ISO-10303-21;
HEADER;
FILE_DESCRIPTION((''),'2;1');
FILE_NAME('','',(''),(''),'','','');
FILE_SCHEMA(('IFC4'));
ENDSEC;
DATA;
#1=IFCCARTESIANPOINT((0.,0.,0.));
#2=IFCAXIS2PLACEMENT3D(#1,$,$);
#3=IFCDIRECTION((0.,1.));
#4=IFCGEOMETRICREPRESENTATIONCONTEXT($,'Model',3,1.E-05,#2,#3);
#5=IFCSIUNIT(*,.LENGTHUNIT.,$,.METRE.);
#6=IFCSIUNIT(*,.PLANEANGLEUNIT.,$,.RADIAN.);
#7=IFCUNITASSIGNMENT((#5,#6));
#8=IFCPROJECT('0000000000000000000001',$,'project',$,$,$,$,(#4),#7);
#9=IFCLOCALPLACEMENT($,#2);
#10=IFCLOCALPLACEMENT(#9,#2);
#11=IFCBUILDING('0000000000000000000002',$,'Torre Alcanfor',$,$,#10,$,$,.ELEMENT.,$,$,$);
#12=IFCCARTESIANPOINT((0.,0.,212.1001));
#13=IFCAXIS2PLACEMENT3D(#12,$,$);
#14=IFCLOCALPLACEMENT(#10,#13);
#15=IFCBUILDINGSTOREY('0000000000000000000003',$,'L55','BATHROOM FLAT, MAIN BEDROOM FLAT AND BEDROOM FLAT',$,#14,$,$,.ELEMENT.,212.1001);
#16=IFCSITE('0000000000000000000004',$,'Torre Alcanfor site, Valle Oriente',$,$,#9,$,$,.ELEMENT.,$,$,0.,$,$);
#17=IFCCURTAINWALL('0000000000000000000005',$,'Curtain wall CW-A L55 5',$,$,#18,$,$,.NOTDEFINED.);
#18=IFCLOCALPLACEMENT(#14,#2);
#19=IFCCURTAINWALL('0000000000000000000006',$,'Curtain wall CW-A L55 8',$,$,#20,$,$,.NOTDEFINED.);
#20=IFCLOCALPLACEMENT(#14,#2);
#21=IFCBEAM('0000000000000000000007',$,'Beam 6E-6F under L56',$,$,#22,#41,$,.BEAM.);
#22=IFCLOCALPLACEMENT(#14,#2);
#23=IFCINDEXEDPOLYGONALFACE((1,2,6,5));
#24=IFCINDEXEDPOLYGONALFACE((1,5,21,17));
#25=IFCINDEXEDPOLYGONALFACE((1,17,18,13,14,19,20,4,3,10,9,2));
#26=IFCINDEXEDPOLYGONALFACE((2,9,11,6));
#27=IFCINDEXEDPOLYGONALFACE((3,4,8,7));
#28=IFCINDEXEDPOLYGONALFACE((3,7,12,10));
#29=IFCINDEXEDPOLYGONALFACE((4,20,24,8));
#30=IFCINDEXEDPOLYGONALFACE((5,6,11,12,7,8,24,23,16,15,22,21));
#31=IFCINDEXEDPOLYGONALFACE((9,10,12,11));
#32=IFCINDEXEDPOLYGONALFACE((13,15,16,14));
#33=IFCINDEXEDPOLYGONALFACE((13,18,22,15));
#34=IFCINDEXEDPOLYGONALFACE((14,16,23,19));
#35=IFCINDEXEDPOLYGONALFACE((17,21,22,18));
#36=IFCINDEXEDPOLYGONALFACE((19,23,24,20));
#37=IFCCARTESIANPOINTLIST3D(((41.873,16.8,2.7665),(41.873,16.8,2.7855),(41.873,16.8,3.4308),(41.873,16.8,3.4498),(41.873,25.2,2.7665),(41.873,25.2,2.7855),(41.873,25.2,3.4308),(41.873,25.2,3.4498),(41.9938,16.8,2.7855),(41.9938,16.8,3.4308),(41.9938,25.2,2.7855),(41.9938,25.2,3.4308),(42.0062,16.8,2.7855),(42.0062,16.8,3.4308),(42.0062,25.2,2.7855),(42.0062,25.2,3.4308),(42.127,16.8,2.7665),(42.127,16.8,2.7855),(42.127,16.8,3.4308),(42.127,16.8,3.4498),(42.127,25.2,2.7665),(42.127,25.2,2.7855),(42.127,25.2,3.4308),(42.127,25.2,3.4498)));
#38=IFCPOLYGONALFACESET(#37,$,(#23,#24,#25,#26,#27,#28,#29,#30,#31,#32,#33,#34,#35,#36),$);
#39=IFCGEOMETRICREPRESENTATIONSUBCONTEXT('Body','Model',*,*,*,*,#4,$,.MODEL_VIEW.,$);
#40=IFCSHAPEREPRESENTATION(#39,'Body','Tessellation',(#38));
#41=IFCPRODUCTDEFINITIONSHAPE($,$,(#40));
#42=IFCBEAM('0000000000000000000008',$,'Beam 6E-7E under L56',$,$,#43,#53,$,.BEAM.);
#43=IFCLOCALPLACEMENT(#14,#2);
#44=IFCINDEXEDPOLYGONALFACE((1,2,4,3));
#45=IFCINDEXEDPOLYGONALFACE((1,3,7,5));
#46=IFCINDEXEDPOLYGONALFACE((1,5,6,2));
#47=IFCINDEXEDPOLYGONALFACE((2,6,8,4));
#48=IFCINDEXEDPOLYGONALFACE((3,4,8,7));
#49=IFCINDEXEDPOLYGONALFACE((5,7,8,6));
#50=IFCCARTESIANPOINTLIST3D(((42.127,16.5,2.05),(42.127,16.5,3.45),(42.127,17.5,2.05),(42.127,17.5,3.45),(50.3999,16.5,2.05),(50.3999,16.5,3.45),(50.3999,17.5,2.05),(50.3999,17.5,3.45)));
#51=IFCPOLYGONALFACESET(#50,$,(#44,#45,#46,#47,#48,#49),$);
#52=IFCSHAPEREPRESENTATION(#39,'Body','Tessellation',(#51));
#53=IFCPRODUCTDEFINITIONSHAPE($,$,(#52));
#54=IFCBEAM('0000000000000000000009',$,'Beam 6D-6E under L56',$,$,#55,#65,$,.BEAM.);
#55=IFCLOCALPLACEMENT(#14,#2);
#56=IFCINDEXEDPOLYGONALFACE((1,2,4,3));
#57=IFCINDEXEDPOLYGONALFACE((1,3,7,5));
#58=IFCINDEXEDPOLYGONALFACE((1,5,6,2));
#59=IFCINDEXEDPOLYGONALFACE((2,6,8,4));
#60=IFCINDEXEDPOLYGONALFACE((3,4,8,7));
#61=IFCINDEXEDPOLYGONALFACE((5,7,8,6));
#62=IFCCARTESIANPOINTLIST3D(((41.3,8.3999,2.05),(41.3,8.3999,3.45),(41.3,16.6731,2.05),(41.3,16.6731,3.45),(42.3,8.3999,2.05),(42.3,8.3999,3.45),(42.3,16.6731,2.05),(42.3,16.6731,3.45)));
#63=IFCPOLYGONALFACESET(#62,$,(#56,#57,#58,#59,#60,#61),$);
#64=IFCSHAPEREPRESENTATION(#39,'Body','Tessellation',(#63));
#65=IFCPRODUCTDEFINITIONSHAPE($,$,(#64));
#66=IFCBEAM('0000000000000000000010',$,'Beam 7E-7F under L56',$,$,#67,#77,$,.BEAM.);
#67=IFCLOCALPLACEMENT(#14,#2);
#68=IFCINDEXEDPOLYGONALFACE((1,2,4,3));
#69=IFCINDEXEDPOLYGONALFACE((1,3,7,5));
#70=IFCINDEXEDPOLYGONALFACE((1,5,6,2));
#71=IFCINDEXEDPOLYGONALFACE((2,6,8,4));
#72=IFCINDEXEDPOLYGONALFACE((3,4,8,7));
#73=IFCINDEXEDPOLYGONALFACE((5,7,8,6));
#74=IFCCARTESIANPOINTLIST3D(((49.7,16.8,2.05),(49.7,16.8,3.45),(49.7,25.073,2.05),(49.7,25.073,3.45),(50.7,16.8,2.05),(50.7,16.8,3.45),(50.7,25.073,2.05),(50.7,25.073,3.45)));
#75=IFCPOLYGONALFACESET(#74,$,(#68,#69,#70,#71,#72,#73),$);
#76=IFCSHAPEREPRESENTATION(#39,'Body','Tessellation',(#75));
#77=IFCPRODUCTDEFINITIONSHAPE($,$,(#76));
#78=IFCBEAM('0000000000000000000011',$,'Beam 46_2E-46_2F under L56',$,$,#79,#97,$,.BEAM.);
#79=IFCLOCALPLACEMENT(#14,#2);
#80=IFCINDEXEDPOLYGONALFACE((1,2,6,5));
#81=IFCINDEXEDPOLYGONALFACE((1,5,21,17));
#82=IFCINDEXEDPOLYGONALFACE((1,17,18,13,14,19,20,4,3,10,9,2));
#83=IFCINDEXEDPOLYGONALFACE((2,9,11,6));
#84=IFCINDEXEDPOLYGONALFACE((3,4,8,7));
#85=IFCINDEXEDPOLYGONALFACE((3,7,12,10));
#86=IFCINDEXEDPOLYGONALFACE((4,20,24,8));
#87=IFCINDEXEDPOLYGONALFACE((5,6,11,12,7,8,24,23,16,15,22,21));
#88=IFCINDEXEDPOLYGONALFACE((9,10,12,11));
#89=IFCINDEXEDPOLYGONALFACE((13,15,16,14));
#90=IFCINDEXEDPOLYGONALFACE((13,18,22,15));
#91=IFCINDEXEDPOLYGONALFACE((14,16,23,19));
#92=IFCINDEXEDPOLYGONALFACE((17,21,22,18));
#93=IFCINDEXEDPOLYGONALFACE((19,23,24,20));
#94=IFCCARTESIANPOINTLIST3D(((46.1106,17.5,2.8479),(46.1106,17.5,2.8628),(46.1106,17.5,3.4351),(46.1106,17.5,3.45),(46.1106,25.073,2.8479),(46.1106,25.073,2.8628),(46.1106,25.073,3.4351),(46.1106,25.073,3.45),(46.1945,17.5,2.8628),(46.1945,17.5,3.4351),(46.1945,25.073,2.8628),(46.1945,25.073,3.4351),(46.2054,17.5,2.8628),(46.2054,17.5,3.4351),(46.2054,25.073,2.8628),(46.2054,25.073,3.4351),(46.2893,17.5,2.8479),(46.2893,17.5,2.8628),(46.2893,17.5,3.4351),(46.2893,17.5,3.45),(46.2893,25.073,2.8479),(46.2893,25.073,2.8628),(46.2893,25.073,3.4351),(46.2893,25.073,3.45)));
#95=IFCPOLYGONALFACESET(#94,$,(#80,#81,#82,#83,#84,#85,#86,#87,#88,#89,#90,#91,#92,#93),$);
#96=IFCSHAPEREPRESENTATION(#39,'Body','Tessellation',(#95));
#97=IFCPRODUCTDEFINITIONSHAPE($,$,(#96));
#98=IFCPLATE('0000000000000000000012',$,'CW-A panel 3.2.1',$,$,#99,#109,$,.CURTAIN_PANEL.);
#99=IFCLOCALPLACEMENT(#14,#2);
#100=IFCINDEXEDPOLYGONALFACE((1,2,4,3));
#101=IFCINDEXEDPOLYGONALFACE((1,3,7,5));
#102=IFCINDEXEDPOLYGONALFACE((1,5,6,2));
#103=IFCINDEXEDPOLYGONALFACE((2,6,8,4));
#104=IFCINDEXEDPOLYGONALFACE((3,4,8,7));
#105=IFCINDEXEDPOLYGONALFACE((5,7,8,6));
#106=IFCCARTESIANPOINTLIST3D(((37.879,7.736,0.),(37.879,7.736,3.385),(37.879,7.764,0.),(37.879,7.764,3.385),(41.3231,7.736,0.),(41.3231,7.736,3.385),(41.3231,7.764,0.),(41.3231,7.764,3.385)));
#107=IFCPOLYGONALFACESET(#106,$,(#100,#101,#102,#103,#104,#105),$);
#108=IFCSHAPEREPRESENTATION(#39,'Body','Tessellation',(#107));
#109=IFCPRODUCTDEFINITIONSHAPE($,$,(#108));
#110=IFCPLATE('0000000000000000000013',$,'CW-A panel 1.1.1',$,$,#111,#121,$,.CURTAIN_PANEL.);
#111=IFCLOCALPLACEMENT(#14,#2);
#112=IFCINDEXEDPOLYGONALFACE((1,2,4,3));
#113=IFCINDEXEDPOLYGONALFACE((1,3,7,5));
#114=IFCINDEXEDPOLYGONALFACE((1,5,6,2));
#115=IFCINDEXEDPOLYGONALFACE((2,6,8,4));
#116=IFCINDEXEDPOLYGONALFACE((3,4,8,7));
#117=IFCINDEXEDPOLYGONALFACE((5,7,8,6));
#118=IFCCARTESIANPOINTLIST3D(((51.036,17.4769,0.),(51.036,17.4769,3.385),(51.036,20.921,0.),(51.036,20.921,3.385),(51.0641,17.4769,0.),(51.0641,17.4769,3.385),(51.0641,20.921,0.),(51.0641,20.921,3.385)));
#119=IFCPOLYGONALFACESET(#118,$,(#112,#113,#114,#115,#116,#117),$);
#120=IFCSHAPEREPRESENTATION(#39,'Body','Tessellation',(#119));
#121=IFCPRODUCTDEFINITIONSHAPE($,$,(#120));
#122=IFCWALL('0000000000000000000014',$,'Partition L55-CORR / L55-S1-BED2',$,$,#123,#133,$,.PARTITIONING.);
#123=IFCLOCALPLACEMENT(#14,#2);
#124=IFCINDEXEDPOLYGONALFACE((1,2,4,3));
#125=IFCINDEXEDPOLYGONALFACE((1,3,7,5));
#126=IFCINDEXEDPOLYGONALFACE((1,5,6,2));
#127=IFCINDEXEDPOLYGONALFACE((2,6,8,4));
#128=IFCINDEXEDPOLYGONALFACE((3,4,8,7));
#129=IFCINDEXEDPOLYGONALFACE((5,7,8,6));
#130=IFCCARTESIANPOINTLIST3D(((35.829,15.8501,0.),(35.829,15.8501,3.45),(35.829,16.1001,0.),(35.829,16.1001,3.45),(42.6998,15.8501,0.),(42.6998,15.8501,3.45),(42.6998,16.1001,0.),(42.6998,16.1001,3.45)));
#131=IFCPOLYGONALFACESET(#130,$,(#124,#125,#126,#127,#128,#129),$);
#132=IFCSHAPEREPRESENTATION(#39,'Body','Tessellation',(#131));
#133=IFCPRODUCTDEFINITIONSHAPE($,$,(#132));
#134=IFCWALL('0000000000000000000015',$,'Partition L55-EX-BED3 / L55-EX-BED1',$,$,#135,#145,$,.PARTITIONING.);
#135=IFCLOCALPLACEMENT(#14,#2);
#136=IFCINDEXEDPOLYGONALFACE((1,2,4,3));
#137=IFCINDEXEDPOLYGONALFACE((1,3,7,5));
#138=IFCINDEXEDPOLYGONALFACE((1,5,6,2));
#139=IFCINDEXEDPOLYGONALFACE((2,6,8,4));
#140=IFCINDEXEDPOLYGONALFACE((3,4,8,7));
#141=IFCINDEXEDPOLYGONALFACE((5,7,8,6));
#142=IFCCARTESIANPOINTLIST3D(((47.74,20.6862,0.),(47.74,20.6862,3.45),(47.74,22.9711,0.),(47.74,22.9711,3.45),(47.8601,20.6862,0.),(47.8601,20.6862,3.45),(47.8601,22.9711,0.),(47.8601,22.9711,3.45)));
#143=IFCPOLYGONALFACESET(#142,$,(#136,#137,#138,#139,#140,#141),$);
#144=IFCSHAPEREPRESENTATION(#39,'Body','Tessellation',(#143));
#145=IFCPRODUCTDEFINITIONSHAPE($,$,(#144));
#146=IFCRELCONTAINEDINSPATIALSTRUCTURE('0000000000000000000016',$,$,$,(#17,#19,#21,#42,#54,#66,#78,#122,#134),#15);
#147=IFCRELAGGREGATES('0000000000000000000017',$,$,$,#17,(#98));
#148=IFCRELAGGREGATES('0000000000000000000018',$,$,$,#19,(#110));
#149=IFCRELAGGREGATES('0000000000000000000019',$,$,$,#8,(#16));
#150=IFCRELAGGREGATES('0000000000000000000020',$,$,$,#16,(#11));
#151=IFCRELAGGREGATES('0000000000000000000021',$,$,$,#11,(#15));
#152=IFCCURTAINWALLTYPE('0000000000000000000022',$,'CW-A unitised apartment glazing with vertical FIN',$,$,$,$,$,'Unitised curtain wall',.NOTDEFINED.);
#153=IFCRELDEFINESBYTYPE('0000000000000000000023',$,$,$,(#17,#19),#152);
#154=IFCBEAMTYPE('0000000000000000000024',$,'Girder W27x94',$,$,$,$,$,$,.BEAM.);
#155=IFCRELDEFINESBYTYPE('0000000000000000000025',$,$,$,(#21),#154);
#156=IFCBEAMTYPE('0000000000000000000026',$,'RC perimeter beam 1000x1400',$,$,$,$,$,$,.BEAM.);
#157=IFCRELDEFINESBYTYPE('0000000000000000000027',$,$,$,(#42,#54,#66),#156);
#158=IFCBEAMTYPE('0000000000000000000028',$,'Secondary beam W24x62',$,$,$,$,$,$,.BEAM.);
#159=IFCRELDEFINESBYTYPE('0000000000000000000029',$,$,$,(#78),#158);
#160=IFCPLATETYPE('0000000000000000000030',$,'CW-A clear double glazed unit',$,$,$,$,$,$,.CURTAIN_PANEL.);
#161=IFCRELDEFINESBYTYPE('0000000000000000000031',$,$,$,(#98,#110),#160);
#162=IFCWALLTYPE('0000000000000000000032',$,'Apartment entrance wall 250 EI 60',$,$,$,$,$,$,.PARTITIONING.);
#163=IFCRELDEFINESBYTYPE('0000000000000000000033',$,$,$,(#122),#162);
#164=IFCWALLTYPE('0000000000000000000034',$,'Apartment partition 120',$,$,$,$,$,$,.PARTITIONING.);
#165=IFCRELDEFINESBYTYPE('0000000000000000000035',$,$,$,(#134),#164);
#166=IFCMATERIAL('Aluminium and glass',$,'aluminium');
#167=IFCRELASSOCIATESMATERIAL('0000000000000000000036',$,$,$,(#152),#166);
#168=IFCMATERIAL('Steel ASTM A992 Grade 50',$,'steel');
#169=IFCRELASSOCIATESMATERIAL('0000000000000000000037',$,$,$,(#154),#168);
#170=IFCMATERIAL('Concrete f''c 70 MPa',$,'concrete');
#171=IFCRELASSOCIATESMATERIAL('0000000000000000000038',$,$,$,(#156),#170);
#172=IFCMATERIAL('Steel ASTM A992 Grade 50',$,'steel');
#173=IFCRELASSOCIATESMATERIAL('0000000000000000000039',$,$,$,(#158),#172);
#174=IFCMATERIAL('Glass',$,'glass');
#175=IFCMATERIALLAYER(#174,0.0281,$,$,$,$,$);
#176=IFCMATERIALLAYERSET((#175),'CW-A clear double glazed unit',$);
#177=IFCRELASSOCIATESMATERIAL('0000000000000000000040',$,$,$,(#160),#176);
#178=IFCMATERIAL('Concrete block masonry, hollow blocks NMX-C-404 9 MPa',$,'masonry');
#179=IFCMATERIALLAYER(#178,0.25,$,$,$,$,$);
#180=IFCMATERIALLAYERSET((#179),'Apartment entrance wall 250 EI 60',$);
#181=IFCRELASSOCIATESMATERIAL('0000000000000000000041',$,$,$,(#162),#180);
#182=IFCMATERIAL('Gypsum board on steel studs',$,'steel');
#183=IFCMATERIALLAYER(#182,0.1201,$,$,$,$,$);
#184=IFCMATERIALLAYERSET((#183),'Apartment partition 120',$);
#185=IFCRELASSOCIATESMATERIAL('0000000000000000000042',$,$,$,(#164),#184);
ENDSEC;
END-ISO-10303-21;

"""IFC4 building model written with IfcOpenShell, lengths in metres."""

from ifc_helpers import new_model, si_unit, direction, frame, frame_2d, origin, origin_2d, place, context, subcontext, project, spatial, rectangle, i_section, extrude, material, layer, layer_set, material_profile, profile_set, type_object, element, aggregate, save


model = new_model("IFC4")

# Units and contexts
model_context = context("Model", 3, precision=1e-05, world=origin(), true_north=direction((0.0, 1.0)))
body_context = subcontext(model_context, "Body", "Model", "MODEL_VIEW")
ifc_project = project(units=[si_unit("LENGTHUNIT", "METRE"), si_unit("PLANEANGLEUNIT", "RADIAN")], contexts=[model_context])

# Site, building, storey
site_placement = place(None, origin())
site = spatial("IfcSite", under=ifc_project, at=site_placement, Name="Torre Alcanfor site, Valle Oriente", CompositionType="ELEMENT", RefElevation=0.0)
building_placement = place(site_placement, origin())
building = spatial("IfcBuilding", under=site, at=building_placement, Name="Torre Alcanfor", CompositionType="ELEMENT")
storey_placement = place(building_placement, frame((0.0, 0.0, 212.1001)))
storey = spatial("IfcBuildingStorey", under=building, at=storey_placement, Name="L55", Description="BATHROOM FLAT, MAIN BEDROOM FLAT AND BEDROOM FLAT", CompositionType="ELEMENT", Elevation=212.1001)

# Curtain wall
ifc_material_1 = material(Name="Aluminium and glass", Category="aluminium")
curtain_wall_type = type_object("IfcCurtainWallType", Name="CW-A unitised apartment glazing with vertical FIN", ElementType="Unitised curtain wall", PredefinedType="NOTDEFINED", material=ifc_material_1)
curtain_wall_1_placement = place(storey_placement, origin())
curtain_wall_1 = element("IfcCurtainWall", 1, at=curtain_wall_1_placement, inside=storey, type_object=curtain_wall_type, Name="Curtain wall CW-A L55 5", PredefinedType="NOTDEFINED")

# Curtain wall
curtain_wall_2_placement = place(storey_placement, origin())
curtain_wall_2 = element("IfcCurtainWall", 2, at=curtain_wall_2_placement, inside=storey, type_object=curtain_wall_type, Name="Curtain wall CW-A L55 8", PredefinedType="NOTDEFINED")

# Beams
ifc_material_2 = material(Name="Steel ASTM A992 Grade 50", Category="steel")
ifc_material_profile_1 = material_profile(ifc_material_2, i_section(OverallWidth=0.2539, OverallDepth=0.6833, WebThickness=0.0125, FlangeThickness=0.019, at=origin_2d()), Name="W27x94")
ifc_profile_set_1 = profile_set([ifc_material_profile_1], Name="Steel ASTM A992 Grade 50")
beam_type_1 = type_object("IfcBeamType", Name="Girder W27x94", PredefinedType="BEAM", material=ifc_profile_set_1)
beam_1_placement = place(storey_placement, frame((42.0, 16.8, 3.1082), z_axis=(0.0, 1.0, 0.0), x_axis=(-1.0, 0.0, 0.0)))
element("IfcBeam", 3, at=beam_1_placement, inside=storey, type_object=beam_type_1, Name="Beam 6E-6F under L56", PredefinedType="BEAM", context=body_context, shape_type="SweptSolid", body=[
    extrude(i_section(OverallWidth=0.2539, OverallDepth=0.6833, WebThickness=0.0125, FlangeThickness=0.019, at=origin_2d()), origin(), (0.0, 0.0, 1.0), 8.3999),
])
ifc_material_3 = material(Name="Concrete f'c 70 MPa", Category="concrete")
ifc_material_profile_2 = material_profile(ifc_material_3, rectangle(XDim=1.0, YDim=1.3999, at=origin_2d()), Name="1000x1400")
ifc_profile_set_2 = profile_set([ifc_material_profile_2], Name="Concrete f'c 70 MPa")
beam_type_2 = type_object("IfcBeamType", Name="RC perimeter beam 1000x1400", PredefinedType="BEAM", material=ifc_profile_set_2)
beam_2_placement = place(storey_placement, frame((42.127, 17.0, 2.75), z_axis=(1.0, 0.0, 0.0), x_axis=(0.0, 1.0, 0.0)))
element("IfcBeam", 4, at=beam_2_placement, inside=storey, type_object=beam_type_2, Name="Beam 6E-7E under L56", PredefinedType="BEAM", context=body_context, shape_type="SweptSolid", body=[
    extrude(rectangle(XDim=1.0, YDim=1.3999, at=origin_2d()), origin(), (0.0, 0.0, 1.0), 8.2729),
])
beam_3_placement = place(storey_placement, frame((41.8, 8.3999, 2.75), z_axis=(0.0, 1.0, 0.0), x_axis=(-1.0, 0.0, 0.0)))
element("IfcBeam", 5, at=beam_3_placement, inside=storey, type_object=beam_type_2, Name="Beam 6D-6E under L56", PredefinedType="BEAM", context=body_context, shape_type="SweptSolid", body=[
    extrude(rectangle(XDim=1.0, YDim=1.3999, at=origin_2d()), origin(), (0.0, 0.0, 1.0), 8.2732),
])
beam_4_placement = place(storey_placement, frame((50.2, 16.8, 2.75), z_axis=(0.0, 1.0, 0.0), x_axis=(-1.0, 0.0, 0.0)))
element("IfcBeam", 6, at=beam_4_placement, inside=storey, type_object=beam_type_2, Name="Beam 7E-7F under L56", PredefinedType="BEAM", context=body_context, shape_type="SweptSolid", body=[
    extrude(rectangle(XDim=1.0, YDim=1.3999, at=origin_2d()), origin(), (0.0, 0.0, 1.0), 8.2729),
])
ifc_material_4 = material(Name="Steel ASTM A992 Grade 50", Category="steel")
ifc_material_profile_3 = material_profile(ifc_material_4, i_section(OverallWidth=0.1787, OverallDepth=0.6021, WebThickness=0.011, FlangeThickness=0.0149, at=origin_2d()), Name="W24x62")
ifc_profile_set_3 = profile_set([ifc_material_profile_3], Name="Steel ASTM A992 Grade 50")
beam_type_3 = type_object("IfcBeamType", Name="Secondary beam W24x62", PredefinedType="BEAM", material=ifc_profile_set_3)
beam_5_placement = place(storey_placement, frame((46.2, 17.5, 3.1489), z_axis=(0.0, 1.0, 0.0), x_axis=(-1.0, 0.0, 0.0)))
element("IfcBeam", 7, at=beam_5_placement, inside=storey, type_object=beam_type_3, Name="Beam 46_2E-46_2F under L56", PredefinedType="BEAM", context=body_context, shape_type="SweptSolid", body=[
    extrude(i_section(OverallWidth=0.1787, OverallDepth=0.6021, WebThickness=0.011, FlangeThickness=0.0149, at=origin_2d()), origin(), (0.0, 0.0, 1.0), 7.573),
])

# Plates
ifc_material_5 = material(Name="Glass", Category="glass")
ifc_layer_1 = layer(ifc_material_5, 0.0281)
ifc_layer_set_1 = layer_set([ifc_layer_1], Name="CW-A clear double glazed unit")
plate_type = type_object("IfcPlateType", Name="CW-A clear double glazed unit", PredefinedType="CURTAIN_PANEL", material=ifc_layer_set_1)
plate_1_placement = place(storey_placement, frame((39.6011, 7.75, 0.0), z_axis=(0.0, 0.0, 1.0), x_axis=(1.0, 0.0, 0.0)))
plate_1 = element("IfcPlate", 8, at=plate_1_placement, type_object=plate_type, Name="CW-A panel 3.2.1", PredefinedType="CURTAIN_PANEL", context=body_context, shape_type="SweptSolid", body=[
    extrude(rectangle(XDim=3.4441, YDim=0.0281, at=origin_2d()), origin(), (0.0, 0.0, 1.0), 3.385),
])
aggregate(curtain_wall_1, [plate_1])
plate_2_placement = place(storey_placement, frame((51.05, 19.199, 0.0), z_axis=(0.0, 0.0, 1.0), x_axis=(0.0, 1.0, 0.0)))
plate_2 = element("IfcPlate", 9, at=plate_2_placement, type_object=plate_type, Name="CW-A panel 1.1.1", PredefinedType="CURTAIN_PANEL", context=body_context, shape_type="SweptSolid", body=[
    extrude(rectangle(XDim=3.4441, YDim=0.0281, at=origin_2d()), origin(), (0.0, 0.0, 1.0), 3.385),
])
aggregate(curtain_wall_2, [plate_2])

# Walls
ifc_material_6 = material(Name="Concrete block masonry, hollow blocks NMX-C-404 9 MPa", Category="masonry")
ifc_layer_2 = layer(ifc_material_6, 0.25)
ifc_layer_set_2 = layer_set([ifc_layer_2], Name="Apartment entrance wall 250 EI 60")
wall_type_1 = type_object("IfcWallType", Name="Apartment entrance wall 250 EI 60", PredefinedType="PARTITIONING", material=ifc_layer_set_2)
wall_1_placement = place(storey_placement, frame((42.7, 15.9751, 0.0), z_axis=(0.0, 0.0, 1.0), x_axis=(-1.0, 0.0, 0.0)))
element("IfcWall", 10, at=wall_1_placement, inside=storey, type_object=wall_type_1, Name="Partition L55-CORR / L55-S1-BED2", PredefinedType="PARTITIONING", context=body_context, shape_type="SweptSolid", body=[
    extrude(rectangle(XDim=6.8708, YDim=0.25, at=frame_2d((3.4355, 0.0))), origin(), (0.0, 0.0, 1.0), 3.45),
])
ifc_material_7 = material(Name="Gypsum board on steel studs", Category="steel")
ifc_layer_3 = layer(ifc_material_7, 0.1201)
ifc_layer_set_3 = layer_set([ifc_layer_3], Name="Apartment partition 120")
wall_type_2 = type_object("IfcWallType", Name="Apartment partition 120", PredefinedType="PARTITIONING", material=ifc_layer_set_3)
wall_2_placement = place(storey_placement, frame((47.8, 20.686, 0.0), z_axis=(0.0, 0.0, 1.0), x_axis=(0.0, 1.0, 0.0)))
element("IfcWall", 11, at=wall_2_placement, inside=storey, type_object=wall_type_2, Name="Partition L55-EX-BED3 / L55-EX-BED1", PredefinedType="PARTITIONING", context=body_context, shape_type="SweptSolid", body=[
    extrude(rectangle(XDim=2.2849, YDim=0.1201, at=frame_2d((1.1426, 0.0))), origin(), (0.0, 0.0, 1.0), 3.45),
])

save(model, "model.ifc")
